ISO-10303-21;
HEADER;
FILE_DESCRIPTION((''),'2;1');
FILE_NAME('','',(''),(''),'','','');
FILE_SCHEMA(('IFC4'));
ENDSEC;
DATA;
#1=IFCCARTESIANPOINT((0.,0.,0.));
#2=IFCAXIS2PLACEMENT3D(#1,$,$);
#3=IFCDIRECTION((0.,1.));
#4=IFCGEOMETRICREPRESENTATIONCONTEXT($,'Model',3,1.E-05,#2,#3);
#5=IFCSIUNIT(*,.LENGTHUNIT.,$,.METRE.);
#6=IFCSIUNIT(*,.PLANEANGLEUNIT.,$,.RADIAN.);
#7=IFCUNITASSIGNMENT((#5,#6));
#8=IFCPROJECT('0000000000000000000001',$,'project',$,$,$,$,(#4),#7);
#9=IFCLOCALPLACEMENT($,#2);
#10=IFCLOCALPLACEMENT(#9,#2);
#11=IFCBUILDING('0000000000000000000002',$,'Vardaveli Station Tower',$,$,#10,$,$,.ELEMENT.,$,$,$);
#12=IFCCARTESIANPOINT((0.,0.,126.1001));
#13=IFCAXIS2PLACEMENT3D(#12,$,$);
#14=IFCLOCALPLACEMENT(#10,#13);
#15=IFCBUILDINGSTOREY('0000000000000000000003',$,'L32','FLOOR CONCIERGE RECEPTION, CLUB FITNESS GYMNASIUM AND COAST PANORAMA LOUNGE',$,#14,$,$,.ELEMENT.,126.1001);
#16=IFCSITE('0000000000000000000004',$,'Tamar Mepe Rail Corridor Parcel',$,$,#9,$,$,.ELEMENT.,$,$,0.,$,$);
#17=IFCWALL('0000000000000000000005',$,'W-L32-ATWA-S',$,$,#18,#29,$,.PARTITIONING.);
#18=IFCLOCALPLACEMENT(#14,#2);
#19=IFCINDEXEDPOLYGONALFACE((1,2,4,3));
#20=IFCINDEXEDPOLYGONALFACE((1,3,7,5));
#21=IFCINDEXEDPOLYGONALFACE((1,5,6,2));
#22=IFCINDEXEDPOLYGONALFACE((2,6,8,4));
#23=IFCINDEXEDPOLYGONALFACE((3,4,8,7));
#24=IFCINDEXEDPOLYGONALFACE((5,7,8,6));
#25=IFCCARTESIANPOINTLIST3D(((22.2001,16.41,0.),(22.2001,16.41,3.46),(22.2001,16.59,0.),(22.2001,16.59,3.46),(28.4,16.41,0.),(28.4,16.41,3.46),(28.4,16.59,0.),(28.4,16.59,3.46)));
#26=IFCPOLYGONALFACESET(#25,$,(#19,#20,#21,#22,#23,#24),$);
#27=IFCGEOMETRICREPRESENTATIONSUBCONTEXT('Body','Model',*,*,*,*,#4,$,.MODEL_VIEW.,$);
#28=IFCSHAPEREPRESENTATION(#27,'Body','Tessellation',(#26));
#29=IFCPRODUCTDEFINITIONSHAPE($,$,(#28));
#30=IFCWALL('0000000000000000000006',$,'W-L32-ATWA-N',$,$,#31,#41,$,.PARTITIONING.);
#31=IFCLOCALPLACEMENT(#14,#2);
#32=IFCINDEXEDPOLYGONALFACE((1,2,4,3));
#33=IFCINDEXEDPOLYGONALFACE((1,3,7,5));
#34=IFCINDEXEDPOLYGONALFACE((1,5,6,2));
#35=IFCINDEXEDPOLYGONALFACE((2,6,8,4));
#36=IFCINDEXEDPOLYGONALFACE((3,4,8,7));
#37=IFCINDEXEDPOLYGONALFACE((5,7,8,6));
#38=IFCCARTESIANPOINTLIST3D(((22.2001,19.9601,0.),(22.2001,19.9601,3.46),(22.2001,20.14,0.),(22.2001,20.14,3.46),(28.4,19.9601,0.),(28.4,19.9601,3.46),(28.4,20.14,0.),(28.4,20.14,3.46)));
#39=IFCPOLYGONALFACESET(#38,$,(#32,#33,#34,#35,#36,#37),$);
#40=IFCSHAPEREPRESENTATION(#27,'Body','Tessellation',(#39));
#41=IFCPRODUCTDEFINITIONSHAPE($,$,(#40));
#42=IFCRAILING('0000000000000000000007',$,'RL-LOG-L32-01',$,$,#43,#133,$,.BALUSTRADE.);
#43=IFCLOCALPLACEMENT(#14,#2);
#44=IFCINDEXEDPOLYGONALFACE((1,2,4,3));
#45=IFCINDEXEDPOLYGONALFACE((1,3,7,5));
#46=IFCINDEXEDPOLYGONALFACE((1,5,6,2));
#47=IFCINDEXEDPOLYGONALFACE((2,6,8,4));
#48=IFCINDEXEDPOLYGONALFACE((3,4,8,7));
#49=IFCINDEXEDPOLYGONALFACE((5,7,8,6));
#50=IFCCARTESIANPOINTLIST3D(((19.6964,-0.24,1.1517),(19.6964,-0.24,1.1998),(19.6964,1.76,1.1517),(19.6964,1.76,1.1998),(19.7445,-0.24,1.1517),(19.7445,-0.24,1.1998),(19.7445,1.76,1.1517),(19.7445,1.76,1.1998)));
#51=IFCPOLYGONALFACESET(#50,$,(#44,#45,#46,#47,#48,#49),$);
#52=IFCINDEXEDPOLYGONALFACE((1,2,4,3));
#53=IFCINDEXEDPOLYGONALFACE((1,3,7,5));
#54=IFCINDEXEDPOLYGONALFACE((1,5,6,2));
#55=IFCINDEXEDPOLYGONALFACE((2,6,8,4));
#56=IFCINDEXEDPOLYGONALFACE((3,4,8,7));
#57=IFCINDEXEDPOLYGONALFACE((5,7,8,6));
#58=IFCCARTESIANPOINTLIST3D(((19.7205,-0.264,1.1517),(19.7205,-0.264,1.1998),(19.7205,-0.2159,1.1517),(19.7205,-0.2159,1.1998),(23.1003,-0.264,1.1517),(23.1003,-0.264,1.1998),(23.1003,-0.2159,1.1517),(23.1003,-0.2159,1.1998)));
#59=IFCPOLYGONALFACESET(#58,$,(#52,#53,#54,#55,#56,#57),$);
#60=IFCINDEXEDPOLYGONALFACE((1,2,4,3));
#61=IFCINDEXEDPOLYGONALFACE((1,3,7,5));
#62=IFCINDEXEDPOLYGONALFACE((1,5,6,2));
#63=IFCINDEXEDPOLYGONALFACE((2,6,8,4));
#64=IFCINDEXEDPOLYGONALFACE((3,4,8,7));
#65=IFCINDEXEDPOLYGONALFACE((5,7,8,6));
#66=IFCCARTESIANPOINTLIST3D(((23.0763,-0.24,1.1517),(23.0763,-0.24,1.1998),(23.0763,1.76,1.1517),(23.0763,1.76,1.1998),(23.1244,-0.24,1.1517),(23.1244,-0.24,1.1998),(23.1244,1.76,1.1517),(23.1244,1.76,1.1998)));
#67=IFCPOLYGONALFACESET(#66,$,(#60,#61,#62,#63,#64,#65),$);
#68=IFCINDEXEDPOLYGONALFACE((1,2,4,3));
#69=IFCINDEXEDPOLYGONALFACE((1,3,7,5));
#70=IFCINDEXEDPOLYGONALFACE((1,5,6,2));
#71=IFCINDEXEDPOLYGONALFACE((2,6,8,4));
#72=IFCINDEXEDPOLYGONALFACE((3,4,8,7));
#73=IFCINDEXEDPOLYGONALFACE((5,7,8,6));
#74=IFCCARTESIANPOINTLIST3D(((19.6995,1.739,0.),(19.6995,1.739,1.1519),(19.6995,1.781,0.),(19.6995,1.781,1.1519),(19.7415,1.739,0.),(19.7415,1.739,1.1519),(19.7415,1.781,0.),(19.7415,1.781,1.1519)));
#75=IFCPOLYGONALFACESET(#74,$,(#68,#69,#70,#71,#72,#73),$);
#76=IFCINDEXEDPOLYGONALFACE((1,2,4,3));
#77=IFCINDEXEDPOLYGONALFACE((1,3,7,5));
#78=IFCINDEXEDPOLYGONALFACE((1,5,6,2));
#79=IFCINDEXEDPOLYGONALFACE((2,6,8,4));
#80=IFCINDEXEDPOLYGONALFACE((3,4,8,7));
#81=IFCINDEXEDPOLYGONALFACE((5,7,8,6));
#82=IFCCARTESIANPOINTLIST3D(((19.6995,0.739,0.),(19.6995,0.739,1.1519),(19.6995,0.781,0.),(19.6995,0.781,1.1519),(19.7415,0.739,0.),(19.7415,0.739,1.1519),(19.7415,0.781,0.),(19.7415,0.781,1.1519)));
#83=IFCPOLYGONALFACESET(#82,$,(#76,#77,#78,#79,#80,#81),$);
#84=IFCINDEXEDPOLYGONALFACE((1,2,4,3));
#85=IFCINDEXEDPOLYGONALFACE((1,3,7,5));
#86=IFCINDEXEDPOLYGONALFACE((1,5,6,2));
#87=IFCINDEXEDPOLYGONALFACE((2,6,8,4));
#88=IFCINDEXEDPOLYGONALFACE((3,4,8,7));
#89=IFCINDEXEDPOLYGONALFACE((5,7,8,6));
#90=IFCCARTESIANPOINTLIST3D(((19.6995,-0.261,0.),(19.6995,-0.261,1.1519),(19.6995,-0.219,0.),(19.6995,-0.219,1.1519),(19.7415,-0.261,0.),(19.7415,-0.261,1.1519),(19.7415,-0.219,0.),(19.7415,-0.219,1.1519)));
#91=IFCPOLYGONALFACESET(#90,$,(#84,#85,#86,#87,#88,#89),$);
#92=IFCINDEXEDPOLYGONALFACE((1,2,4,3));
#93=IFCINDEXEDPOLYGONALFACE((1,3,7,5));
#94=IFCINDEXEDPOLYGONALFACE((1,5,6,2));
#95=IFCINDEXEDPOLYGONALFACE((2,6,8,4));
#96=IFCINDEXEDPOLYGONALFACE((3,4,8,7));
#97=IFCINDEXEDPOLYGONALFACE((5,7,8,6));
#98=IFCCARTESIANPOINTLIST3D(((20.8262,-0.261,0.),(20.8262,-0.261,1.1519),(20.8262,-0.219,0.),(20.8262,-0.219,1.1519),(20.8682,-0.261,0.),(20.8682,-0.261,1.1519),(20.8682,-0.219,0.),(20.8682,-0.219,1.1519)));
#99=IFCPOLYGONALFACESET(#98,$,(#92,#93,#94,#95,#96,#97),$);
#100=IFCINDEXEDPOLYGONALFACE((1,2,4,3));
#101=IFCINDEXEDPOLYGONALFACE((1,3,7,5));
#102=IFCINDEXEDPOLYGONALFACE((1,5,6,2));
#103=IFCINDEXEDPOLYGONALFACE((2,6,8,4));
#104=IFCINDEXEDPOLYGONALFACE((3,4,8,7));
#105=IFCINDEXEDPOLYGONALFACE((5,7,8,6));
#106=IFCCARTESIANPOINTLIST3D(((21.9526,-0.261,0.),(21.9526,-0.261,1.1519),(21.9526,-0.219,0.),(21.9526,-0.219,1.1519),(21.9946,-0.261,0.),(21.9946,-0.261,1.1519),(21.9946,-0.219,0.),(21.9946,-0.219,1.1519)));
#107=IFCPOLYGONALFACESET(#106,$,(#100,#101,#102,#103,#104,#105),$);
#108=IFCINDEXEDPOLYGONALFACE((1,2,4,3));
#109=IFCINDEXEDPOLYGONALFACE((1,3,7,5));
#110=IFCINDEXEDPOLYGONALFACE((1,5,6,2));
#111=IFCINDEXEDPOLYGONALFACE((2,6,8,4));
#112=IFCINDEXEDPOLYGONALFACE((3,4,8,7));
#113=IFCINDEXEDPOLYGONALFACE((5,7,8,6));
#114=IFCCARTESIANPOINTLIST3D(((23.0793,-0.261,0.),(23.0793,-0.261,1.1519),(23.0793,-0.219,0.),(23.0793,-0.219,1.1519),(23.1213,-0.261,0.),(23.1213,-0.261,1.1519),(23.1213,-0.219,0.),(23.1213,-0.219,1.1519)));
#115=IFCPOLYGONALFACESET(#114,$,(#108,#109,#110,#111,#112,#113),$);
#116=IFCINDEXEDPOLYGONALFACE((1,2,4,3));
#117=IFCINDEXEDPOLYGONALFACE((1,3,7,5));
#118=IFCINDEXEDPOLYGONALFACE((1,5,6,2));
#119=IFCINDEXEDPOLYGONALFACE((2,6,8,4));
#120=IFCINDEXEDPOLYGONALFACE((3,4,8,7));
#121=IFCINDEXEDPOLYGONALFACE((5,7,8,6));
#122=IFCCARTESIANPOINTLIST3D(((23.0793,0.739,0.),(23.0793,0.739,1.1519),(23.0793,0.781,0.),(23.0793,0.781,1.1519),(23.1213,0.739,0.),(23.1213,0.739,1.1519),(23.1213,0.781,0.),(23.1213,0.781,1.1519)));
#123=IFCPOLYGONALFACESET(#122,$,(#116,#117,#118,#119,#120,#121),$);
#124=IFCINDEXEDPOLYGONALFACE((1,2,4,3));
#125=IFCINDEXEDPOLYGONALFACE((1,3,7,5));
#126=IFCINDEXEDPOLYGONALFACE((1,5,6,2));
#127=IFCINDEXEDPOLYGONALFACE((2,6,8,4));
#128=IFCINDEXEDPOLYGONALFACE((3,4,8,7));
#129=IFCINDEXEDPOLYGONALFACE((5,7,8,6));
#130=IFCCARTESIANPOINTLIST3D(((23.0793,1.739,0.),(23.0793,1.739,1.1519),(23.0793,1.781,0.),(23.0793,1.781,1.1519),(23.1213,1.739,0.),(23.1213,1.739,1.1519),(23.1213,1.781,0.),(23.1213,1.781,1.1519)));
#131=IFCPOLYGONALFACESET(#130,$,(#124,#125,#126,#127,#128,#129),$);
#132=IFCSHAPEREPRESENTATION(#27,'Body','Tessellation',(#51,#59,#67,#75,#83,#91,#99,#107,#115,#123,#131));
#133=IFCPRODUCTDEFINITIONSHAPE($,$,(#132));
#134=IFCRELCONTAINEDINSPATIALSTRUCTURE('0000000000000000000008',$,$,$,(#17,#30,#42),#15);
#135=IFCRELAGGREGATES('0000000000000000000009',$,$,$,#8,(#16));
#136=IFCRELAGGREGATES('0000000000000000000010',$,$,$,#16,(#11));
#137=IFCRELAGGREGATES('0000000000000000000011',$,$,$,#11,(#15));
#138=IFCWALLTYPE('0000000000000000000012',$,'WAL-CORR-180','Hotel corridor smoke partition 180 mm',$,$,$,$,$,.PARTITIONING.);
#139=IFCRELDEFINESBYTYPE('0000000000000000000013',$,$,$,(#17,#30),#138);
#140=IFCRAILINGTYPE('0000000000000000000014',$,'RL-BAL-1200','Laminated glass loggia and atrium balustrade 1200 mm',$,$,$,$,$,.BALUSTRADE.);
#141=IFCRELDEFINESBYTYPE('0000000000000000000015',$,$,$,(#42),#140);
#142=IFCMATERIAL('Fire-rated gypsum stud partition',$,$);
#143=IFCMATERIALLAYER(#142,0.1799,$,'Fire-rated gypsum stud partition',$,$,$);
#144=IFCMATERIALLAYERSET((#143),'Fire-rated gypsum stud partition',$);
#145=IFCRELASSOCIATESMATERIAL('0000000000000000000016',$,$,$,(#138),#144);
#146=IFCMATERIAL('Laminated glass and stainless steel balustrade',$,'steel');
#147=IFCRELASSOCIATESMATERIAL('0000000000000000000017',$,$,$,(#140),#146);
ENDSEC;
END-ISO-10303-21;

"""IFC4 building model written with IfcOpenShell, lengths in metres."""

from ifc_helpers import new_model, si_unit, direction, frame, frame_2d, origin, origin_2d, place, context, subcontext, project, spatial, rectangle, extrude, source, transform, mapped, material, layer, layer_set, type_object, element, save


model = new_model("IFC4")

# Units and contexts
model_context = context("Model", 3, precision=1e-05, world=origin(), true_north=direction((0.0, 1.0)))
body_context = subcontext(model_context, "Body", "Model", "MODEL_VIEW")
ifc_project = project(units=[si_unit("LENGTHUNIT", "METRE"), si_unit("PLANEANGLEUNIT", "RADIAN")], contexts=[model_context])

# Site, building, storey
site_placement = place(None, origin())
site = spatial("IfcSite", under=ifc_project, at=site_placement, Name="Tamar Mepe Rail Corridor Parcel", CompositionType="ELEMENT", RefElevation=0.0)
building_placement = place(site_placement, origin())
building = spatial("IfcBuilding", under=site, at=building_placement, Name="Vardaveli Station Tower", CompositionType="ELEMENT")
storey_placement = place(building_placement, frame((0.0, 0.0, 126.1001)))
storey = spatial("IfcBuildingStorey", under=building, at=storey_placement, Name="L32", Description="FLOOR CONCIERGE RECEPTION, CLUB FITNESS GYMNASIUM AND COAST PANORAMA LOUNGE", CompositionType="ELEMENT", Elevation=126.1001)

# Shared definitions
ifc_material_1 = material(Name="Fire-rated gypsum stud partition")
ifc_layer_1 = layer(ifc_material_1, 0.1799, Name="Fire-rated gypsum stud partition")
ifc_layer_set_1 = layer_set([ifc_layer_1], Name="Fire-rated gypsum stud partition")
wall_type_1 = type_object("IfcWallType", Name="WAL-CORR-180", Description="Hotel corridor smoke partition 180 mm", PredefinedType="PARTITIONING", material=ifc_layer_set_1)

# Walls
shared_shape_1 = source(origin(), body_context, "Body", "SweptSolid", [
    extrude(rectangle(XDim=6.2, YDim=0.1799, at=frame_2d((3.1001, 0.0))), origin(), (0.0, 0.0, 1.0), 3.46),
])
for number, where, z_axis, x_axis, name in (
    (1, (22.2, 16.5, 0.0), (0.0, 0.0, 1.0), (1.0, 0.0, 0.0), "W-L32-ATWA-S"),
    (2, (22.2, 20.05, 0.0), (0.0, 0.0, 1.0), (1.0, 0.0, 0.0), "W-L32-ATWA-N"),
):
    element("IfcWall", number, at=place(storey_placement, frame(where, z_axis=z_axis, x_axis=x_axis)), inside=storey, type_object=wall_type_1, Name=name, PredefinedType="PARTITIONING", context=body_context, shape_type="MappedRepresentation", body=[
        mapped(shared_shape_1, transform((0.0, 0.0, 0.0), scale=1.0)),
    ])

# Railing
ifc_material_2 = material(Name="Laminated glass and stainless steel balustrade", Category="steel")
railing_type = type_object("IfcRailingType", Name="RL-BAL-1200", Description="Laminated glass loggia and atrium balustrade 1200 mm", PredefinedType="BALUSTRADE", material=ifc_material_2)
shared_shape_2 = source(origin(), body_context, "Body", "SweptSolid", [
    extrude(rectangle(XDim=0.0481, YDim=0.0481, at=origin_2d()), frame((0.0, 0.0, 1.1758), z_axis=(0.0, -1.0, 0.0), x_axis=(1.0, 0.0, 0.0)), (0.0, 0.0, 1.0), 2.0),
    extrude(rectangle(XDim=0.0481, YDim=0.0481, at=origin_2d()), frame((0.0, -2.0, 1.1758), z_axis=(1.0, 0.0, 0.0), x_axis=(0.0, 1.0, 0.0)), (0.0, 0.0, 1.0), 3.3799),
    extrude(rectangle(XDim=0.0481, YDim=0.0481, at=origin_2d()), frame((3.3799, -2.0, 1.1758), z_axis=(0.0, 1.0, 0.0), x_axis=(-1.0, 0.0, 0.0)), (0.0, 0.0, 1.0), 2.0),
    extrude(rectangle(XDim=0.042, YDim=0.042, at=origin_2d()), origin(), (0.0, 0.0, 1.0), 1.1519),
    extrude(rectangle(XDim=0.042, YDim=0.042, at=origin_2d()), frame((0.0, -1.0, 0.0)), (0.0, 0.0, 1.0), 1.1519),
    extrude(rectangle(XDim=0.042, YDim=0.042, at=origin_2d()), frame((0.0, -2.0, 0.0)), (0.0, 0.0, 1.0), 1.1519),
    extrude(rectangle(XDim=0.042, YDim=0.042, at=origin_2d()), frame((1.1267, -2.0, 0.0)), (0.0, 0.0, 1.0), 1.1519),
    extrude(rectangle(XDim=0.042, YDim=0.042, at=origin_2d()), frame((2.2532, -2.0, 0.0)), (0.0, 0.0, 1.0), 1.1519),
    extrude(rectangle(XDim=0.042, YDim=0.042, at=origin_2d()), frame((3.3799, -2.0, 0.0)), (0.0, 0.0, 1.0), 1.1519),
    extrude(rectangle(XDim=0.042, YDim=0.042, at=origin_2d()), frame((3.3799, -1.0, 0.0)), (0.0, 0.0, 1.0), 1.1519),
    extrude(rectangle(XDim=0.042, YDim=0.042, at=origin_2d()), frame((3.3799, 0.0, 0.0)), (0.0, 0.0, 1.0), 1.1519),
])
railing_placement = place(storey_placement, frame((19.7205, 1.76, 0.0)))
element("IfcRailing", 3, at=railing_placement, inside=storey, type_object=railing_type, Name="RL-LOG-L32-01", PredefinedType="BALUSTRADE", context=body_context, shape_type="MappedRepresentation", body=[
    mapped(shared_shape_2, transform((0.0, 0.0, 0.0), scale=1.0)),
])

save(model, "model.ifc")
